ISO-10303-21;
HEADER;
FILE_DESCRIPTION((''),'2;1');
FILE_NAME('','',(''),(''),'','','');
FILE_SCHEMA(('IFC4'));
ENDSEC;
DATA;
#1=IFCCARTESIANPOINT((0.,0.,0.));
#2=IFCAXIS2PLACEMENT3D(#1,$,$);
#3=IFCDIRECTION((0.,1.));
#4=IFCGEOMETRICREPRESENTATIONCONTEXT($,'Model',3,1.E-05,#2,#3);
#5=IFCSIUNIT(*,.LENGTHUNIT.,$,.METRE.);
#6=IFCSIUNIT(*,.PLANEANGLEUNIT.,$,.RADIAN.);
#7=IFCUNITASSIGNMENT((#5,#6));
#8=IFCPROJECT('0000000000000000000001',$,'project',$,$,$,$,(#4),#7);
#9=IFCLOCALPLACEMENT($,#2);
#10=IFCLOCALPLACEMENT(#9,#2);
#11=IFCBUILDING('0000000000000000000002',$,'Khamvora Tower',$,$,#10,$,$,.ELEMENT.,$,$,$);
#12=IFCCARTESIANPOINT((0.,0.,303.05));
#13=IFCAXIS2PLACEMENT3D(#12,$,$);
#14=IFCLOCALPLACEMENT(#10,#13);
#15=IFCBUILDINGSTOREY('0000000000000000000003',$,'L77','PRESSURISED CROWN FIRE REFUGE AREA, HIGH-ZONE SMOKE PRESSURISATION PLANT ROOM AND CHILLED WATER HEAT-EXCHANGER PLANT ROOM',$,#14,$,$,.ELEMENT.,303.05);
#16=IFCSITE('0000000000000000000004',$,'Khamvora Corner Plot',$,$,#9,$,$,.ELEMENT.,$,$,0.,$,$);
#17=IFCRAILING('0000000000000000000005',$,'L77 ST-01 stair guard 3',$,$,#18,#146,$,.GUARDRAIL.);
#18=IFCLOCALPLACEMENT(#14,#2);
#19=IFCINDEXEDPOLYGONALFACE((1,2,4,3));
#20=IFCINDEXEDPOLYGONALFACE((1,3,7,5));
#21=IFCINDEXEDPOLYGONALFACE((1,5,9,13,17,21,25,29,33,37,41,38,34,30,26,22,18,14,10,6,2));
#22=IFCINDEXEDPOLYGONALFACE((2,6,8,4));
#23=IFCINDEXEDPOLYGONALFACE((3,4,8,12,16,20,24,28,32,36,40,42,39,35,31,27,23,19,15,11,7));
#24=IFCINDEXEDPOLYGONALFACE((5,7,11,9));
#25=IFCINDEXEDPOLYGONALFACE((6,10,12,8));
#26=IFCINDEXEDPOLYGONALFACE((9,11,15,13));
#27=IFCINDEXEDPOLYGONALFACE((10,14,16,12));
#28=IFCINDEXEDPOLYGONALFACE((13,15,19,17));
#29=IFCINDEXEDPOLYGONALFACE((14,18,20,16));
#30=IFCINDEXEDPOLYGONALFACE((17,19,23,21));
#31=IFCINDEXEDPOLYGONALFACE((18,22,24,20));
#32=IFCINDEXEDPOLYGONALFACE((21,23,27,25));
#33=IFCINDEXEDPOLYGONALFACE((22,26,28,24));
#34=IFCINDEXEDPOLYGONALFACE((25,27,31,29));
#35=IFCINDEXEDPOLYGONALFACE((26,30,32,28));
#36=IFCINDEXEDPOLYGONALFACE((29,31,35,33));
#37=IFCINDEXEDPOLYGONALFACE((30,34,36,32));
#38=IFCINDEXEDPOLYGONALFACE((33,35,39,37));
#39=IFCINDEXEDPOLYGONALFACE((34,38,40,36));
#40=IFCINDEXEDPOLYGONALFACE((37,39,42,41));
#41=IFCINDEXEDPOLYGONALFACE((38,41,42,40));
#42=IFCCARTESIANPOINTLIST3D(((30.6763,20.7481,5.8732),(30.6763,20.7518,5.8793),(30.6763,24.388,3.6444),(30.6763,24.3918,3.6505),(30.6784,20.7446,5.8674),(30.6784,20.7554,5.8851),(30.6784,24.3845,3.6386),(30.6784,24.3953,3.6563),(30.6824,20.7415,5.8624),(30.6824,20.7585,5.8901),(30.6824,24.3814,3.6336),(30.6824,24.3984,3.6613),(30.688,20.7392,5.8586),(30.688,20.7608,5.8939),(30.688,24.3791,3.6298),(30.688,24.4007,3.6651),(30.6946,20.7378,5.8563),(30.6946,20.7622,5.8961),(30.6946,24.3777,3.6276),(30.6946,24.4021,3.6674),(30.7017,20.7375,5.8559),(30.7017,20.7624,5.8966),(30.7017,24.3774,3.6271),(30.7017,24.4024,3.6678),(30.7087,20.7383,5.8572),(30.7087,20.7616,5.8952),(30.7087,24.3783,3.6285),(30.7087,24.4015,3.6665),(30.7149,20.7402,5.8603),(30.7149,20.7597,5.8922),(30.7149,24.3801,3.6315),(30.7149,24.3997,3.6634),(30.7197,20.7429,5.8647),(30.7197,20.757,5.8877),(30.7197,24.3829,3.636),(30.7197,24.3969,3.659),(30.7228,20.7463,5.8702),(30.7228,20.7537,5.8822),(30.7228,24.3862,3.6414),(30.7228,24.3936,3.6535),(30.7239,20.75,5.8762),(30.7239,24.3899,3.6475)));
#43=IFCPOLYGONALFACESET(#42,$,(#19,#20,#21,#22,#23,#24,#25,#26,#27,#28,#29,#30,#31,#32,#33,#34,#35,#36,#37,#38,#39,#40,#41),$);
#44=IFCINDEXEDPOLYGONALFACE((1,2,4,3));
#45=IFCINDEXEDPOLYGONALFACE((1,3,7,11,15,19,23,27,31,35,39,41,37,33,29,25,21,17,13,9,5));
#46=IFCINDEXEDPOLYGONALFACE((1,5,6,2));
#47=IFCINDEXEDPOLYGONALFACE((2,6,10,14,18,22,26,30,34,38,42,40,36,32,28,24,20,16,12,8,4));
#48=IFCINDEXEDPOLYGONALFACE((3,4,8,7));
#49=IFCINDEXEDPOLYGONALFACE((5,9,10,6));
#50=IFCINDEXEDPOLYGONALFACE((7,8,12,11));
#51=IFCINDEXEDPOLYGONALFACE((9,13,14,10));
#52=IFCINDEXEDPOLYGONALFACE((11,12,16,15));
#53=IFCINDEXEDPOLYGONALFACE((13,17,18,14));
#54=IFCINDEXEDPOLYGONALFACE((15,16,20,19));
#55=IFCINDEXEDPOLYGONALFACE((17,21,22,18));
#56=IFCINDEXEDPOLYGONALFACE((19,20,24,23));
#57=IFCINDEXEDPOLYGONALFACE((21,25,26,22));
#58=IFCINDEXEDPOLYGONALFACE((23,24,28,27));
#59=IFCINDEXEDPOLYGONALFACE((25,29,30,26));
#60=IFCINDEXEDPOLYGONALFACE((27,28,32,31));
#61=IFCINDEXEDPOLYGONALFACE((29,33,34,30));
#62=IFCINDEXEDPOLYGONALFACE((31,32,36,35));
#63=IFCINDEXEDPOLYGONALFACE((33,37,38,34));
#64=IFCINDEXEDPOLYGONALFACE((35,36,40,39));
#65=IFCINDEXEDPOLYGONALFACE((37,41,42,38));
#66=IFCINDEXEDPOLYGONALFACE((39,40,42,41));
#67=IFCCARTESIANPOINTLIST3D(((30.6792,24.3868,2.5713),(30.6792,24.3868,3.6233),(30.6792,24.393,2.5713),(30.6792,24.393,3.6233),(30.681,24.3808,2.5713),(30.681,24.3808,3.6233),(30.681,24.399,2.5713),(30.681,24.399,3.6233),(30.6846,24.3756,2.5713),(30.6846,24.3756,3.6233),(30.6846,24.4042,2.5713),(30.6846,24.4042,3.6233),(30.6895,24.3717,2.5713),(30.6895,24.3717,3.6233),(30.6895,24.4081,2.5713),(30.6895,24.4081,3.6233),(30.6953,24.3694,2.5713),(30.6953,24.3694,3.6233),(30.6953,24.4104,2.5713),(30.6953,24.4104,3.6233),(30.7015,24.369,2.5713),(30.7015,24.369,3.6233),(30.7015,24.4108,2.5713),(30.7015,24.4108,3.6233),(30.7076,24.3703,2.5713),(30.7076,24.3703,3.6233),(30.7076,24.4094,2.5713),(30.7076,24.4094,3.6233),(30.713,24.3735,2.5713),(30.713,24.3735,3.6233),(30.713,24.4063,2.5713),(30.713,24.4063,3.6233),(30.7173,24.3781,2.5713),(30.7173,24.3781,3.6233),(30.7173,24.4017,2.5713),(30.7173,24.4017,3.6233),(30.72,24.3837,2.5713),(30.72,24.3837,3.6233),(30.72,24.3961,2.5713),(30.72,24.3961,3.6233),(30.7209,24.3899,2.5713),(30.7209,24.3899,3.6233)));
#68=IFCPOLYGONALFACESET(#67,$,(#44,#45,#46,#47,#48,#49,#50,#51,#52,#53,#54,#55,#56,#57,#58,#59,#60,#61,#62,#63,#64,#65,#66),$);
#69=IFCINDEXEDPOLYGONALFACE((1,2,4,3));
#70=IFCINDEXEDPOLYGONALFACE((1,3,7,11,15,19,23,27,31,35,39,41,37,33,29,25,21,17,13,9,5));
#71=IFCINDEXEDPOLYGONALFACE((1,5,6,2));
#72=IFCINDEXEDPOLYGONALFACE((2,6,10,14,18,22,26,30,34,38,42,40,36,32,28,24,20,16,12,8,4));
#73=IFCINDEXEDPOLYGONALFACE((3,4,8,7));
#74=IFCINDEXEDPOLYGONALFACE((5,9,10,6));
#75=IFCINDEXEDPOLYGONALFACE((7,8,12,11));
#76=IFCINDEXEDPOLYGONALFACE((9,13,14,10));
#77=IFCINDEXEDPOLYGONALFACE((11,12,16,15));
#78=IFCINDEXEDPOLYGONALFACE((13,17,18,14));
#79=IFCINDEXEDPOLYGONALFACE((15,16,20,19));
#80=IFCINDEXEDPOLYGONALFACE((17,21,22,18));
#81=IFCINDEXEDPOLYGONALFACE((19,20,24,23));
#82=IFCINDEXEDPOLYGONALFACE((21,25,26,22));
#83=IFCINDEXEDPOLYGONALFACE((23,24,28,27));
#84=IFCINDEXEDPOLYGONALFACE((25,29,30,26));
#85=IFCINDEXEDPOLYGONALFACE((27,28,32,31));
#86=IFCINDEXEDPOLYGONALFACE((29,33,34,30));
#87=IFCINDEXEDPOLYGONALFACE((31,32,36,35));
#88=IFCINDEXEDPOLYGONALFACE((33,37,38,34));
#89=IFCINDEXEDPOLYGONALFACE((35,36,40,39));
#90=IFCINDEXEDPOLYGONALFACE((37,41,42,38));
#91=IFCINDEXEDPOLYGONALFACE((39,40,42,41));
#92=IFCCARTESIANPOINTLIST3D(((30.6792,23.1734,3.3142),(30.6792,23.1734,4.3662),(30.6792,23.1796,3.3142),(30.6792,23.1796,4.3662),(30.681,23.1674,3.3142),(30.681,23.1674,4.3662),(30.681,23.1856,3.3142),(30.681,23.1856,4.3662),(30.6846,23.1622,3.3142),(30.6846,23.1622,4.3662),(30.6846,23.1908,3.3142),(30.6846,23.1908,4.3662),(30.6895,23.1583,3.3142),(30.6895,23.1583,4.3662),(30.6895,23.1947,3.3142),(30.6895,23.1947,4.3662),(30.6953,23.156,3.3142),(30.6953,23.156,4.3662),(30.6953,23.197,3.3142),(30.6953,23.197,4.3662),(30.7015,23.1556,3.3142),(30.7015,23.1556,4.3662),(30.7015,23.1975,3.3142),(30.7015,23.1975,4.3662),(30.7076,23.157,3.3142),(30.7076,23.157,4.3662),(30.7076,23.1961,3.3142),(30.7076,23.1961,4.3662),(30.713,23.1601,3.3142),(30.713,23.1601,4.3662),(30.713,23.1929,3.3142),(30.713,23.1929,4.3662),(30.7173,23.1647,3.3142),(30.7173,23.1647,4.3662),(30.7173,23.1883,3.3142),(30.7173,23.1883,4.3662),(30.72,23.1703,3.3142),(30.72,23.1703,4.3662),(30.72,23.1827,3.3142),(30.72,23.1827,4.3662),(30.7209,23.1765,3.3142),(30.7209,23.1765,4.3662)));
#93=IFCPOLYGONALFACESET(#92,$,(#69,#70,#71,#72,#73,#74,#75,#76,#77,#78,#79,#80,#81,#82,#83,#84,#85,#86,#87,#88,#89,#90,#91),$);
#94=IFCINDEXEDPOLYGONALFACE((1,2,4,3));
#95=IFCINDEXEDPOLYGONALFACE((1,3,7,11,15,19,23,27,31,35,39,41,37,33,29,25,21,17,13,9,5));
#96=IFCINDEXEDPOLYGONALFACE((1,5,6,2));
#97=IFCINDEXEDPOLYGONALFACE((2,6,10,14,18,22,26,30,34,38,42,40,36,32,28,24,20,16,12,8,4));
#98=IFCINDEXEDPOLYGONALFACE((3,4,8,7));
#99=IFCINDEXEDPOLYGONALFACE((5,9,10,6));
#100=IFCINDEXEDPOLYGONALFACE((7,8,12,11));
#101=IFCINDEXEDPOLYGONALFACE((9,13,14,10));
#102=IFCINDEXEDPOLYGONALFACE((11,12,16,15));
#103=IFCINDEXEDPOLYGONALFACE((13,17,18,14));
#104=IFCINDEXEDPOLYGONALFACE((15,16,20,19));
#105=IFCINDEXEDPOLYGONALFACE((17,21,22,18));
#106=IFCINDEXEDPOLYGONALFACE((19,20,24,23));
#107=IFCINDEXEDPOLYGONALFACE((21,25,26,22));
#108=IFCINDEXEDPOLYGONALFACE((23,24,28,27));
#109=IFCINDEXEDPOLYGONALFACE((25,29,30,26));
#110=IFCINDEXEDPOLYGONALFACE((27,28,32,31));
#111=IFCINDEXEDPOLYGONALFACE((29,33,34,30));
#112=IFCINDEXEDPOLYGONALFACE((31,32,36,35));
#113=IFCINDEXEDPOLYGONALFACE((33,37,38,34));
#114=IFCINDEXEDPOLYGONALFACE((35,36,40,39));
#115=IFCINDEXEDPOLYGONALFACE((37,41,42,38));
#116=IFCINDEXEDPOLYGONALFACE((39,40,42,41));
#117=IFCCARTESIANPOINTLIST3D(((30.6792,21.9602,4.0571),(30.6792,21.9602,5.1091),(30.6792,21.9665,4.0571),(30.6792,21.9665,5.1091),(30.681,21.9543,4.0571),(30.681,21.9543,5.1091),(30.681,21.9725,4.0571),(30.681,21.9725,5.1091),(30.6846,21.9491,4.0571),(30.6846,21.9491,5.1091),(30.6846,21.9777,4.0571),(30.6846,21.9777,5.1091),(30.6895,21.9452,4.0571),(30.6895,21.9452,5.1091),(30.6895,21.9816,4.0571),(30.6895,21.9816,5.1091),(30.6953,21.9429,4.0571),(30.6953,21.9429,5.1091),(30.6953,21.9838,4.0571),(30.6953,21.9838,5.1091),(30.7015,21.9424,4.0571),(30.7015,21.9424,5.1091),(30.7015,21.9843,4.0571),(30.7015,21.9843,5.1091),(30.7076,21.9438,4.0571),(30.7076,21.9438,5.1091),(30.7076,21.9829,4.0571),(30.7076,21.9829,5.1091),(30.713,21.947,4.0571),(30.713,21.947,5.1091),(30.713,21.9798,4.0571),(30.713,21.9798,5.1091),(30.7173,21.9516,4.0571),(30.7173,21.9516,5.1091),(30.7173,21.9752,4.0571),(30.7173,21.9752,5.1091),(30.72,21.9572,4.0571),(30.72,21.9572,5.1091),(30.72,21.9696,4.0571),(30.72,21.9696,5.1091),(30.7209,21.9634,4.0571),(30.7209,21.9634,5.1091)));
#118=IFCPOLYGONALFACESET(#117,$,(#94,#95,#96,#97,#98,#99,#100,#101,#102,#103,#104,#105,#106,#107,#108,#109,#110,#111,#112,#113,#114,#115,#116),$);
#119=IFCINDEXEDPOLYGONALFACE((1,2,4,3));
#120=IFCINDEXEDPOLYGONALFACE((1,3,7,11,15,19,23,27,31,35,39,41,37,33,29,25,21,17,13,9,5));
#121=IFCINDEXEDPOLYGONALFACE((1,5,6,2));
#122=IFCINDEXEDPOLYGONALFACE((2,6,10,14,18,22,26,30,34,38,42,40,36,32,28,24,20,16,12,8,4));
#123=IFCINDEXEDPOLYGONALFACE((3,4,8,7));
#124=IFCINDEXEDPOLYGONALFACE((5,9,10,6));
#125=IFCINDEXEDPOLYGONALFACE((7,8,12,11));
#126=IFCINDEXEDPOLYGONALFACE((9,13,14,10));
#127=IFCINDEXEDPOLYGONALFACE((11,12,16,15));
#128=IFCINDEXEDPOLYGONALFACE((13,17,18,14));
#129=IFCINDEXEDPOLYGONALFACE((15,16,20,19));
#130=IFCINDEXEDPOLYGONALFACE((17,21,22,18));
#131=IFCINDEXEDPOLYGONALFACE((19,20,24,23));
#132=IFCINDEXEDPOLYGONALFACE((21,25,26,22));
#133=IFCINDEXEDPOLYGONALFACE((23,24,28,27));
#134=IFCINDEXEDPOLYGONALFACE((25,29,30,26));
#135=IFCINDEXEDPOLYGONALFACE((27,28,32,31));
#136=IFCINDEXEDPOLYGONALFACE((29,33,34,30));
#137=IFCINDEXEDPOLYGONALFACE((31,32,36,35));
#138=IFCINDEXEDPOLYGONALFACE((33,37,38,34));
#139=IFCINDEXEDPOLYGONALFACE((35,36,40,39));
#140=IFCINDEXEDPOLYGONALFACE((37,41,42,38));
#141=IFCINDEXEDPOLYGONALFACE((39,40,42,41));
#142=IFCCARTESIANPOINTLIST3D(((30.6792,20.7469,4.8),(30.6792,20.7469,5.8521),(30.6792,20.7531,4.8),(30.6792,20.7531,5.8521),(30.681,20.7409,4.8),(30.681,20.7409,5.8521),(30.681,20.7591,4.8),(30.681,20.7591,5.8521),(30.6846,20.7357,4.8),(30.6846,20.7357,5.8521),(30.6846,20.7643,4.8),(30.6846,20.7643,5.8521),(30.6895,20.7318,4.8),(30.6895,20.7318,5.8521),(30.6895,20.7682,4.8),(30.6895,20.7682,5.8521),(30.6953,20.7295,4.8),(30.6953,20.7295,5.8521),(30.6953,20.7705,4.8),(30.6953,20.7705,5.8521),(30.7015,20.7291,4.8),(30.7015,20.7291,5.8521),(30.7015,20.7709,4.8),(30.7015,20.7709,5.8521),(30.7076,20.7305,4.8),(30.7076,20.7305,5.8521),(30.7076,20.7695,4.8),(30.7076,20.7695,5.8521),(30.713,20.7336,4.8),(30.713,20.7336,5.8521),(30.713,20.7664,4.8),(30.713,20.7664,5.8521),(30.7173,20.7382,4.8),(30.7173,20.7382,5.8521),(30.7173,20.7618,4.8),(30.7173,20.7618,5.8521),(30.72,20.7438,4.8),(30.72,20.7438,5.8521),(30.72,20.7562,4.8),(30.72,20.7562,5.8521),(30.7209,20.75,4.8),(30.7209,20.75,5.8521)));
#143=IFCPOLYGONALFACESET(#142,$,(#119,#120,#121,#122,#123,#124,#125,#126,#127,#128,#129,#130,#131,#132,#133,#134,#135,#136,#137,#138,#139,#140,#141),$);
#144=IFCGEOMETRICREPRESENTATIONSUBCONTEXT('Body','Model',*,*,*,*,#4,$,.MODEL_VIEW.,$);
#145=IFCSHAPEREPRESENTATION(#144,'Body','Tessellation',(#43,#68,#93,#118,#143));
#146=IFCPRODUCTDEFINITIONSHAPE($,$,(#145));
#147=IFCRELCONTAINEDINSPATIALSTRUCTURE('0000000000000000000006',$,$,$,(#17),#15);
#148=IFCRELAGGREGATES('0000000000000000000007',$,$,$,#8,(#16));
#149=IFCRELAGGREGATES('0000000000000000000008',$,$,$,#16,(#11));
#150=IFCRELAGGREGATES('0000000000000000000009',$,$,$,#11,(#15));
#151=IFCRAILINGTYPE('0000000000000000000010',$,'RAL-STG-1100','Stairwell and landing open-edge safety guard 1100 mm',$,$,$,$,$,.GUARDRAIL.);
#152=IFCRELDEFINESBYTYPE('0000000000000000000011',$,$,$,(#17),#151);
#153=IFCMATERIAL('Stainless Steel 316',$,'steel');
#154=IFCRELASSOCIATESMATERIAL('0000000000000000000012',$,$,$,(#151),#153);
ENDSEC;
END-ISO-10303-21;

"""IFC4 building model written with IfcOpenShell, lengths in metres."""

from ifc_helpers import new_model, si_unit, direction, frame, origin, origin_2d, place, context, subcontext, project, spatial, circle, extrude, material, type_object, element, save


model = new_model("IFC4")

# Units and contexts
model_context = context("Model", 3, precision=1e-05, world=origin(), true_north=direction((0.0, 1.0)))
body_context = subcontext(model_context, "Body", "Model", "MODEL_VIEW")
ifc_project = project(units=[si_unit("LENGTHUNIT", "METRE"), si_unit("PLANEANGLEUNIT", "RADIAN")], contexts=[model_context])

# Site, building, storey
site_placement = place(None, origin())
site = spatial("IfcSite", under=ifc_project, at=site_placement, Name="Khamvora Corner Plot", CompositionType="ELEMENT", RefElevation=0.0)
building_placement = place(site_placement, origin())
building = spatial("IfcBuilding", under=site, at=building_placement, Name="Khamvora Tower", CompositionType="ELEMENT")
storey_placement = place(building_placement, frame((0.0, 0.0, 303.05)))
storey = spatial("IfcBuildingStorey", under=building, at=storey_placement, Name="L77", Description="PRESSURISED CROWN FIRE REFUGE AREA, HIGH-ZONE SMOKE PRESSURISATION PLANT ROOM AND CHILLED WATER HEAT-EXCHANGER PLANT ROOM", CompositionType="ELEMENT", Elevation=303.05)

# Railing
ifc_material_1 = material(Name="Stainless Steel 316", Category="steel")
railing_type_1 = type_object("IfcRailingType", Name="RAL-STG-1100", Description="Stairwell and landing open-edge safety guard 1100 mm", PredefinedType="GUARDRAIL", material=ifc_material_1)
railing_1_placement = place(storey_placement, frame((30.7, 24.3899, 2.5713)))
element("IfcRailing", 1, at=railing_1_placement, inside=storey, type_object=railing_type_1, Name="L77 ST-01 stair guard 3", PredefinedType="GUARDRAIL", context=body_context, shape_type="SweptSolid", body=[
    extrude(circle(Radius=0.0239, at=origin_2d()), frame((0.0, 0.0, 1.0762), z_axis=(0.0, -0.852825, 0.522197), x_axis=(1.0, 0.0, 0.0)), (0.0, 0.0, 1.0), 4.2681),
    extrude(circle(Radius=0.021, at=origin_2d()), origin(), (0.0, 0.0, 1.0), 1.052),
    extrude(circle(Radius=0.021, at=origin_2d()), frame((0.0, -1.2134, 0.7429)), (0.0, 0.0, 1.0), 1.052),
    extrude(circle(Radius=0.021, at=origin_2d()), frame((0.0, -2.4265, 1.4858)), (0.0, 0.0, 1.0), 1.052),
    extrude(circle(Radius=0.021, at=origin_2d()), frame((0.0, -3.6399, 2.2288)), (0.0, 0.0, 1.0), 1.052),
])

save(model, "model.ifc")
